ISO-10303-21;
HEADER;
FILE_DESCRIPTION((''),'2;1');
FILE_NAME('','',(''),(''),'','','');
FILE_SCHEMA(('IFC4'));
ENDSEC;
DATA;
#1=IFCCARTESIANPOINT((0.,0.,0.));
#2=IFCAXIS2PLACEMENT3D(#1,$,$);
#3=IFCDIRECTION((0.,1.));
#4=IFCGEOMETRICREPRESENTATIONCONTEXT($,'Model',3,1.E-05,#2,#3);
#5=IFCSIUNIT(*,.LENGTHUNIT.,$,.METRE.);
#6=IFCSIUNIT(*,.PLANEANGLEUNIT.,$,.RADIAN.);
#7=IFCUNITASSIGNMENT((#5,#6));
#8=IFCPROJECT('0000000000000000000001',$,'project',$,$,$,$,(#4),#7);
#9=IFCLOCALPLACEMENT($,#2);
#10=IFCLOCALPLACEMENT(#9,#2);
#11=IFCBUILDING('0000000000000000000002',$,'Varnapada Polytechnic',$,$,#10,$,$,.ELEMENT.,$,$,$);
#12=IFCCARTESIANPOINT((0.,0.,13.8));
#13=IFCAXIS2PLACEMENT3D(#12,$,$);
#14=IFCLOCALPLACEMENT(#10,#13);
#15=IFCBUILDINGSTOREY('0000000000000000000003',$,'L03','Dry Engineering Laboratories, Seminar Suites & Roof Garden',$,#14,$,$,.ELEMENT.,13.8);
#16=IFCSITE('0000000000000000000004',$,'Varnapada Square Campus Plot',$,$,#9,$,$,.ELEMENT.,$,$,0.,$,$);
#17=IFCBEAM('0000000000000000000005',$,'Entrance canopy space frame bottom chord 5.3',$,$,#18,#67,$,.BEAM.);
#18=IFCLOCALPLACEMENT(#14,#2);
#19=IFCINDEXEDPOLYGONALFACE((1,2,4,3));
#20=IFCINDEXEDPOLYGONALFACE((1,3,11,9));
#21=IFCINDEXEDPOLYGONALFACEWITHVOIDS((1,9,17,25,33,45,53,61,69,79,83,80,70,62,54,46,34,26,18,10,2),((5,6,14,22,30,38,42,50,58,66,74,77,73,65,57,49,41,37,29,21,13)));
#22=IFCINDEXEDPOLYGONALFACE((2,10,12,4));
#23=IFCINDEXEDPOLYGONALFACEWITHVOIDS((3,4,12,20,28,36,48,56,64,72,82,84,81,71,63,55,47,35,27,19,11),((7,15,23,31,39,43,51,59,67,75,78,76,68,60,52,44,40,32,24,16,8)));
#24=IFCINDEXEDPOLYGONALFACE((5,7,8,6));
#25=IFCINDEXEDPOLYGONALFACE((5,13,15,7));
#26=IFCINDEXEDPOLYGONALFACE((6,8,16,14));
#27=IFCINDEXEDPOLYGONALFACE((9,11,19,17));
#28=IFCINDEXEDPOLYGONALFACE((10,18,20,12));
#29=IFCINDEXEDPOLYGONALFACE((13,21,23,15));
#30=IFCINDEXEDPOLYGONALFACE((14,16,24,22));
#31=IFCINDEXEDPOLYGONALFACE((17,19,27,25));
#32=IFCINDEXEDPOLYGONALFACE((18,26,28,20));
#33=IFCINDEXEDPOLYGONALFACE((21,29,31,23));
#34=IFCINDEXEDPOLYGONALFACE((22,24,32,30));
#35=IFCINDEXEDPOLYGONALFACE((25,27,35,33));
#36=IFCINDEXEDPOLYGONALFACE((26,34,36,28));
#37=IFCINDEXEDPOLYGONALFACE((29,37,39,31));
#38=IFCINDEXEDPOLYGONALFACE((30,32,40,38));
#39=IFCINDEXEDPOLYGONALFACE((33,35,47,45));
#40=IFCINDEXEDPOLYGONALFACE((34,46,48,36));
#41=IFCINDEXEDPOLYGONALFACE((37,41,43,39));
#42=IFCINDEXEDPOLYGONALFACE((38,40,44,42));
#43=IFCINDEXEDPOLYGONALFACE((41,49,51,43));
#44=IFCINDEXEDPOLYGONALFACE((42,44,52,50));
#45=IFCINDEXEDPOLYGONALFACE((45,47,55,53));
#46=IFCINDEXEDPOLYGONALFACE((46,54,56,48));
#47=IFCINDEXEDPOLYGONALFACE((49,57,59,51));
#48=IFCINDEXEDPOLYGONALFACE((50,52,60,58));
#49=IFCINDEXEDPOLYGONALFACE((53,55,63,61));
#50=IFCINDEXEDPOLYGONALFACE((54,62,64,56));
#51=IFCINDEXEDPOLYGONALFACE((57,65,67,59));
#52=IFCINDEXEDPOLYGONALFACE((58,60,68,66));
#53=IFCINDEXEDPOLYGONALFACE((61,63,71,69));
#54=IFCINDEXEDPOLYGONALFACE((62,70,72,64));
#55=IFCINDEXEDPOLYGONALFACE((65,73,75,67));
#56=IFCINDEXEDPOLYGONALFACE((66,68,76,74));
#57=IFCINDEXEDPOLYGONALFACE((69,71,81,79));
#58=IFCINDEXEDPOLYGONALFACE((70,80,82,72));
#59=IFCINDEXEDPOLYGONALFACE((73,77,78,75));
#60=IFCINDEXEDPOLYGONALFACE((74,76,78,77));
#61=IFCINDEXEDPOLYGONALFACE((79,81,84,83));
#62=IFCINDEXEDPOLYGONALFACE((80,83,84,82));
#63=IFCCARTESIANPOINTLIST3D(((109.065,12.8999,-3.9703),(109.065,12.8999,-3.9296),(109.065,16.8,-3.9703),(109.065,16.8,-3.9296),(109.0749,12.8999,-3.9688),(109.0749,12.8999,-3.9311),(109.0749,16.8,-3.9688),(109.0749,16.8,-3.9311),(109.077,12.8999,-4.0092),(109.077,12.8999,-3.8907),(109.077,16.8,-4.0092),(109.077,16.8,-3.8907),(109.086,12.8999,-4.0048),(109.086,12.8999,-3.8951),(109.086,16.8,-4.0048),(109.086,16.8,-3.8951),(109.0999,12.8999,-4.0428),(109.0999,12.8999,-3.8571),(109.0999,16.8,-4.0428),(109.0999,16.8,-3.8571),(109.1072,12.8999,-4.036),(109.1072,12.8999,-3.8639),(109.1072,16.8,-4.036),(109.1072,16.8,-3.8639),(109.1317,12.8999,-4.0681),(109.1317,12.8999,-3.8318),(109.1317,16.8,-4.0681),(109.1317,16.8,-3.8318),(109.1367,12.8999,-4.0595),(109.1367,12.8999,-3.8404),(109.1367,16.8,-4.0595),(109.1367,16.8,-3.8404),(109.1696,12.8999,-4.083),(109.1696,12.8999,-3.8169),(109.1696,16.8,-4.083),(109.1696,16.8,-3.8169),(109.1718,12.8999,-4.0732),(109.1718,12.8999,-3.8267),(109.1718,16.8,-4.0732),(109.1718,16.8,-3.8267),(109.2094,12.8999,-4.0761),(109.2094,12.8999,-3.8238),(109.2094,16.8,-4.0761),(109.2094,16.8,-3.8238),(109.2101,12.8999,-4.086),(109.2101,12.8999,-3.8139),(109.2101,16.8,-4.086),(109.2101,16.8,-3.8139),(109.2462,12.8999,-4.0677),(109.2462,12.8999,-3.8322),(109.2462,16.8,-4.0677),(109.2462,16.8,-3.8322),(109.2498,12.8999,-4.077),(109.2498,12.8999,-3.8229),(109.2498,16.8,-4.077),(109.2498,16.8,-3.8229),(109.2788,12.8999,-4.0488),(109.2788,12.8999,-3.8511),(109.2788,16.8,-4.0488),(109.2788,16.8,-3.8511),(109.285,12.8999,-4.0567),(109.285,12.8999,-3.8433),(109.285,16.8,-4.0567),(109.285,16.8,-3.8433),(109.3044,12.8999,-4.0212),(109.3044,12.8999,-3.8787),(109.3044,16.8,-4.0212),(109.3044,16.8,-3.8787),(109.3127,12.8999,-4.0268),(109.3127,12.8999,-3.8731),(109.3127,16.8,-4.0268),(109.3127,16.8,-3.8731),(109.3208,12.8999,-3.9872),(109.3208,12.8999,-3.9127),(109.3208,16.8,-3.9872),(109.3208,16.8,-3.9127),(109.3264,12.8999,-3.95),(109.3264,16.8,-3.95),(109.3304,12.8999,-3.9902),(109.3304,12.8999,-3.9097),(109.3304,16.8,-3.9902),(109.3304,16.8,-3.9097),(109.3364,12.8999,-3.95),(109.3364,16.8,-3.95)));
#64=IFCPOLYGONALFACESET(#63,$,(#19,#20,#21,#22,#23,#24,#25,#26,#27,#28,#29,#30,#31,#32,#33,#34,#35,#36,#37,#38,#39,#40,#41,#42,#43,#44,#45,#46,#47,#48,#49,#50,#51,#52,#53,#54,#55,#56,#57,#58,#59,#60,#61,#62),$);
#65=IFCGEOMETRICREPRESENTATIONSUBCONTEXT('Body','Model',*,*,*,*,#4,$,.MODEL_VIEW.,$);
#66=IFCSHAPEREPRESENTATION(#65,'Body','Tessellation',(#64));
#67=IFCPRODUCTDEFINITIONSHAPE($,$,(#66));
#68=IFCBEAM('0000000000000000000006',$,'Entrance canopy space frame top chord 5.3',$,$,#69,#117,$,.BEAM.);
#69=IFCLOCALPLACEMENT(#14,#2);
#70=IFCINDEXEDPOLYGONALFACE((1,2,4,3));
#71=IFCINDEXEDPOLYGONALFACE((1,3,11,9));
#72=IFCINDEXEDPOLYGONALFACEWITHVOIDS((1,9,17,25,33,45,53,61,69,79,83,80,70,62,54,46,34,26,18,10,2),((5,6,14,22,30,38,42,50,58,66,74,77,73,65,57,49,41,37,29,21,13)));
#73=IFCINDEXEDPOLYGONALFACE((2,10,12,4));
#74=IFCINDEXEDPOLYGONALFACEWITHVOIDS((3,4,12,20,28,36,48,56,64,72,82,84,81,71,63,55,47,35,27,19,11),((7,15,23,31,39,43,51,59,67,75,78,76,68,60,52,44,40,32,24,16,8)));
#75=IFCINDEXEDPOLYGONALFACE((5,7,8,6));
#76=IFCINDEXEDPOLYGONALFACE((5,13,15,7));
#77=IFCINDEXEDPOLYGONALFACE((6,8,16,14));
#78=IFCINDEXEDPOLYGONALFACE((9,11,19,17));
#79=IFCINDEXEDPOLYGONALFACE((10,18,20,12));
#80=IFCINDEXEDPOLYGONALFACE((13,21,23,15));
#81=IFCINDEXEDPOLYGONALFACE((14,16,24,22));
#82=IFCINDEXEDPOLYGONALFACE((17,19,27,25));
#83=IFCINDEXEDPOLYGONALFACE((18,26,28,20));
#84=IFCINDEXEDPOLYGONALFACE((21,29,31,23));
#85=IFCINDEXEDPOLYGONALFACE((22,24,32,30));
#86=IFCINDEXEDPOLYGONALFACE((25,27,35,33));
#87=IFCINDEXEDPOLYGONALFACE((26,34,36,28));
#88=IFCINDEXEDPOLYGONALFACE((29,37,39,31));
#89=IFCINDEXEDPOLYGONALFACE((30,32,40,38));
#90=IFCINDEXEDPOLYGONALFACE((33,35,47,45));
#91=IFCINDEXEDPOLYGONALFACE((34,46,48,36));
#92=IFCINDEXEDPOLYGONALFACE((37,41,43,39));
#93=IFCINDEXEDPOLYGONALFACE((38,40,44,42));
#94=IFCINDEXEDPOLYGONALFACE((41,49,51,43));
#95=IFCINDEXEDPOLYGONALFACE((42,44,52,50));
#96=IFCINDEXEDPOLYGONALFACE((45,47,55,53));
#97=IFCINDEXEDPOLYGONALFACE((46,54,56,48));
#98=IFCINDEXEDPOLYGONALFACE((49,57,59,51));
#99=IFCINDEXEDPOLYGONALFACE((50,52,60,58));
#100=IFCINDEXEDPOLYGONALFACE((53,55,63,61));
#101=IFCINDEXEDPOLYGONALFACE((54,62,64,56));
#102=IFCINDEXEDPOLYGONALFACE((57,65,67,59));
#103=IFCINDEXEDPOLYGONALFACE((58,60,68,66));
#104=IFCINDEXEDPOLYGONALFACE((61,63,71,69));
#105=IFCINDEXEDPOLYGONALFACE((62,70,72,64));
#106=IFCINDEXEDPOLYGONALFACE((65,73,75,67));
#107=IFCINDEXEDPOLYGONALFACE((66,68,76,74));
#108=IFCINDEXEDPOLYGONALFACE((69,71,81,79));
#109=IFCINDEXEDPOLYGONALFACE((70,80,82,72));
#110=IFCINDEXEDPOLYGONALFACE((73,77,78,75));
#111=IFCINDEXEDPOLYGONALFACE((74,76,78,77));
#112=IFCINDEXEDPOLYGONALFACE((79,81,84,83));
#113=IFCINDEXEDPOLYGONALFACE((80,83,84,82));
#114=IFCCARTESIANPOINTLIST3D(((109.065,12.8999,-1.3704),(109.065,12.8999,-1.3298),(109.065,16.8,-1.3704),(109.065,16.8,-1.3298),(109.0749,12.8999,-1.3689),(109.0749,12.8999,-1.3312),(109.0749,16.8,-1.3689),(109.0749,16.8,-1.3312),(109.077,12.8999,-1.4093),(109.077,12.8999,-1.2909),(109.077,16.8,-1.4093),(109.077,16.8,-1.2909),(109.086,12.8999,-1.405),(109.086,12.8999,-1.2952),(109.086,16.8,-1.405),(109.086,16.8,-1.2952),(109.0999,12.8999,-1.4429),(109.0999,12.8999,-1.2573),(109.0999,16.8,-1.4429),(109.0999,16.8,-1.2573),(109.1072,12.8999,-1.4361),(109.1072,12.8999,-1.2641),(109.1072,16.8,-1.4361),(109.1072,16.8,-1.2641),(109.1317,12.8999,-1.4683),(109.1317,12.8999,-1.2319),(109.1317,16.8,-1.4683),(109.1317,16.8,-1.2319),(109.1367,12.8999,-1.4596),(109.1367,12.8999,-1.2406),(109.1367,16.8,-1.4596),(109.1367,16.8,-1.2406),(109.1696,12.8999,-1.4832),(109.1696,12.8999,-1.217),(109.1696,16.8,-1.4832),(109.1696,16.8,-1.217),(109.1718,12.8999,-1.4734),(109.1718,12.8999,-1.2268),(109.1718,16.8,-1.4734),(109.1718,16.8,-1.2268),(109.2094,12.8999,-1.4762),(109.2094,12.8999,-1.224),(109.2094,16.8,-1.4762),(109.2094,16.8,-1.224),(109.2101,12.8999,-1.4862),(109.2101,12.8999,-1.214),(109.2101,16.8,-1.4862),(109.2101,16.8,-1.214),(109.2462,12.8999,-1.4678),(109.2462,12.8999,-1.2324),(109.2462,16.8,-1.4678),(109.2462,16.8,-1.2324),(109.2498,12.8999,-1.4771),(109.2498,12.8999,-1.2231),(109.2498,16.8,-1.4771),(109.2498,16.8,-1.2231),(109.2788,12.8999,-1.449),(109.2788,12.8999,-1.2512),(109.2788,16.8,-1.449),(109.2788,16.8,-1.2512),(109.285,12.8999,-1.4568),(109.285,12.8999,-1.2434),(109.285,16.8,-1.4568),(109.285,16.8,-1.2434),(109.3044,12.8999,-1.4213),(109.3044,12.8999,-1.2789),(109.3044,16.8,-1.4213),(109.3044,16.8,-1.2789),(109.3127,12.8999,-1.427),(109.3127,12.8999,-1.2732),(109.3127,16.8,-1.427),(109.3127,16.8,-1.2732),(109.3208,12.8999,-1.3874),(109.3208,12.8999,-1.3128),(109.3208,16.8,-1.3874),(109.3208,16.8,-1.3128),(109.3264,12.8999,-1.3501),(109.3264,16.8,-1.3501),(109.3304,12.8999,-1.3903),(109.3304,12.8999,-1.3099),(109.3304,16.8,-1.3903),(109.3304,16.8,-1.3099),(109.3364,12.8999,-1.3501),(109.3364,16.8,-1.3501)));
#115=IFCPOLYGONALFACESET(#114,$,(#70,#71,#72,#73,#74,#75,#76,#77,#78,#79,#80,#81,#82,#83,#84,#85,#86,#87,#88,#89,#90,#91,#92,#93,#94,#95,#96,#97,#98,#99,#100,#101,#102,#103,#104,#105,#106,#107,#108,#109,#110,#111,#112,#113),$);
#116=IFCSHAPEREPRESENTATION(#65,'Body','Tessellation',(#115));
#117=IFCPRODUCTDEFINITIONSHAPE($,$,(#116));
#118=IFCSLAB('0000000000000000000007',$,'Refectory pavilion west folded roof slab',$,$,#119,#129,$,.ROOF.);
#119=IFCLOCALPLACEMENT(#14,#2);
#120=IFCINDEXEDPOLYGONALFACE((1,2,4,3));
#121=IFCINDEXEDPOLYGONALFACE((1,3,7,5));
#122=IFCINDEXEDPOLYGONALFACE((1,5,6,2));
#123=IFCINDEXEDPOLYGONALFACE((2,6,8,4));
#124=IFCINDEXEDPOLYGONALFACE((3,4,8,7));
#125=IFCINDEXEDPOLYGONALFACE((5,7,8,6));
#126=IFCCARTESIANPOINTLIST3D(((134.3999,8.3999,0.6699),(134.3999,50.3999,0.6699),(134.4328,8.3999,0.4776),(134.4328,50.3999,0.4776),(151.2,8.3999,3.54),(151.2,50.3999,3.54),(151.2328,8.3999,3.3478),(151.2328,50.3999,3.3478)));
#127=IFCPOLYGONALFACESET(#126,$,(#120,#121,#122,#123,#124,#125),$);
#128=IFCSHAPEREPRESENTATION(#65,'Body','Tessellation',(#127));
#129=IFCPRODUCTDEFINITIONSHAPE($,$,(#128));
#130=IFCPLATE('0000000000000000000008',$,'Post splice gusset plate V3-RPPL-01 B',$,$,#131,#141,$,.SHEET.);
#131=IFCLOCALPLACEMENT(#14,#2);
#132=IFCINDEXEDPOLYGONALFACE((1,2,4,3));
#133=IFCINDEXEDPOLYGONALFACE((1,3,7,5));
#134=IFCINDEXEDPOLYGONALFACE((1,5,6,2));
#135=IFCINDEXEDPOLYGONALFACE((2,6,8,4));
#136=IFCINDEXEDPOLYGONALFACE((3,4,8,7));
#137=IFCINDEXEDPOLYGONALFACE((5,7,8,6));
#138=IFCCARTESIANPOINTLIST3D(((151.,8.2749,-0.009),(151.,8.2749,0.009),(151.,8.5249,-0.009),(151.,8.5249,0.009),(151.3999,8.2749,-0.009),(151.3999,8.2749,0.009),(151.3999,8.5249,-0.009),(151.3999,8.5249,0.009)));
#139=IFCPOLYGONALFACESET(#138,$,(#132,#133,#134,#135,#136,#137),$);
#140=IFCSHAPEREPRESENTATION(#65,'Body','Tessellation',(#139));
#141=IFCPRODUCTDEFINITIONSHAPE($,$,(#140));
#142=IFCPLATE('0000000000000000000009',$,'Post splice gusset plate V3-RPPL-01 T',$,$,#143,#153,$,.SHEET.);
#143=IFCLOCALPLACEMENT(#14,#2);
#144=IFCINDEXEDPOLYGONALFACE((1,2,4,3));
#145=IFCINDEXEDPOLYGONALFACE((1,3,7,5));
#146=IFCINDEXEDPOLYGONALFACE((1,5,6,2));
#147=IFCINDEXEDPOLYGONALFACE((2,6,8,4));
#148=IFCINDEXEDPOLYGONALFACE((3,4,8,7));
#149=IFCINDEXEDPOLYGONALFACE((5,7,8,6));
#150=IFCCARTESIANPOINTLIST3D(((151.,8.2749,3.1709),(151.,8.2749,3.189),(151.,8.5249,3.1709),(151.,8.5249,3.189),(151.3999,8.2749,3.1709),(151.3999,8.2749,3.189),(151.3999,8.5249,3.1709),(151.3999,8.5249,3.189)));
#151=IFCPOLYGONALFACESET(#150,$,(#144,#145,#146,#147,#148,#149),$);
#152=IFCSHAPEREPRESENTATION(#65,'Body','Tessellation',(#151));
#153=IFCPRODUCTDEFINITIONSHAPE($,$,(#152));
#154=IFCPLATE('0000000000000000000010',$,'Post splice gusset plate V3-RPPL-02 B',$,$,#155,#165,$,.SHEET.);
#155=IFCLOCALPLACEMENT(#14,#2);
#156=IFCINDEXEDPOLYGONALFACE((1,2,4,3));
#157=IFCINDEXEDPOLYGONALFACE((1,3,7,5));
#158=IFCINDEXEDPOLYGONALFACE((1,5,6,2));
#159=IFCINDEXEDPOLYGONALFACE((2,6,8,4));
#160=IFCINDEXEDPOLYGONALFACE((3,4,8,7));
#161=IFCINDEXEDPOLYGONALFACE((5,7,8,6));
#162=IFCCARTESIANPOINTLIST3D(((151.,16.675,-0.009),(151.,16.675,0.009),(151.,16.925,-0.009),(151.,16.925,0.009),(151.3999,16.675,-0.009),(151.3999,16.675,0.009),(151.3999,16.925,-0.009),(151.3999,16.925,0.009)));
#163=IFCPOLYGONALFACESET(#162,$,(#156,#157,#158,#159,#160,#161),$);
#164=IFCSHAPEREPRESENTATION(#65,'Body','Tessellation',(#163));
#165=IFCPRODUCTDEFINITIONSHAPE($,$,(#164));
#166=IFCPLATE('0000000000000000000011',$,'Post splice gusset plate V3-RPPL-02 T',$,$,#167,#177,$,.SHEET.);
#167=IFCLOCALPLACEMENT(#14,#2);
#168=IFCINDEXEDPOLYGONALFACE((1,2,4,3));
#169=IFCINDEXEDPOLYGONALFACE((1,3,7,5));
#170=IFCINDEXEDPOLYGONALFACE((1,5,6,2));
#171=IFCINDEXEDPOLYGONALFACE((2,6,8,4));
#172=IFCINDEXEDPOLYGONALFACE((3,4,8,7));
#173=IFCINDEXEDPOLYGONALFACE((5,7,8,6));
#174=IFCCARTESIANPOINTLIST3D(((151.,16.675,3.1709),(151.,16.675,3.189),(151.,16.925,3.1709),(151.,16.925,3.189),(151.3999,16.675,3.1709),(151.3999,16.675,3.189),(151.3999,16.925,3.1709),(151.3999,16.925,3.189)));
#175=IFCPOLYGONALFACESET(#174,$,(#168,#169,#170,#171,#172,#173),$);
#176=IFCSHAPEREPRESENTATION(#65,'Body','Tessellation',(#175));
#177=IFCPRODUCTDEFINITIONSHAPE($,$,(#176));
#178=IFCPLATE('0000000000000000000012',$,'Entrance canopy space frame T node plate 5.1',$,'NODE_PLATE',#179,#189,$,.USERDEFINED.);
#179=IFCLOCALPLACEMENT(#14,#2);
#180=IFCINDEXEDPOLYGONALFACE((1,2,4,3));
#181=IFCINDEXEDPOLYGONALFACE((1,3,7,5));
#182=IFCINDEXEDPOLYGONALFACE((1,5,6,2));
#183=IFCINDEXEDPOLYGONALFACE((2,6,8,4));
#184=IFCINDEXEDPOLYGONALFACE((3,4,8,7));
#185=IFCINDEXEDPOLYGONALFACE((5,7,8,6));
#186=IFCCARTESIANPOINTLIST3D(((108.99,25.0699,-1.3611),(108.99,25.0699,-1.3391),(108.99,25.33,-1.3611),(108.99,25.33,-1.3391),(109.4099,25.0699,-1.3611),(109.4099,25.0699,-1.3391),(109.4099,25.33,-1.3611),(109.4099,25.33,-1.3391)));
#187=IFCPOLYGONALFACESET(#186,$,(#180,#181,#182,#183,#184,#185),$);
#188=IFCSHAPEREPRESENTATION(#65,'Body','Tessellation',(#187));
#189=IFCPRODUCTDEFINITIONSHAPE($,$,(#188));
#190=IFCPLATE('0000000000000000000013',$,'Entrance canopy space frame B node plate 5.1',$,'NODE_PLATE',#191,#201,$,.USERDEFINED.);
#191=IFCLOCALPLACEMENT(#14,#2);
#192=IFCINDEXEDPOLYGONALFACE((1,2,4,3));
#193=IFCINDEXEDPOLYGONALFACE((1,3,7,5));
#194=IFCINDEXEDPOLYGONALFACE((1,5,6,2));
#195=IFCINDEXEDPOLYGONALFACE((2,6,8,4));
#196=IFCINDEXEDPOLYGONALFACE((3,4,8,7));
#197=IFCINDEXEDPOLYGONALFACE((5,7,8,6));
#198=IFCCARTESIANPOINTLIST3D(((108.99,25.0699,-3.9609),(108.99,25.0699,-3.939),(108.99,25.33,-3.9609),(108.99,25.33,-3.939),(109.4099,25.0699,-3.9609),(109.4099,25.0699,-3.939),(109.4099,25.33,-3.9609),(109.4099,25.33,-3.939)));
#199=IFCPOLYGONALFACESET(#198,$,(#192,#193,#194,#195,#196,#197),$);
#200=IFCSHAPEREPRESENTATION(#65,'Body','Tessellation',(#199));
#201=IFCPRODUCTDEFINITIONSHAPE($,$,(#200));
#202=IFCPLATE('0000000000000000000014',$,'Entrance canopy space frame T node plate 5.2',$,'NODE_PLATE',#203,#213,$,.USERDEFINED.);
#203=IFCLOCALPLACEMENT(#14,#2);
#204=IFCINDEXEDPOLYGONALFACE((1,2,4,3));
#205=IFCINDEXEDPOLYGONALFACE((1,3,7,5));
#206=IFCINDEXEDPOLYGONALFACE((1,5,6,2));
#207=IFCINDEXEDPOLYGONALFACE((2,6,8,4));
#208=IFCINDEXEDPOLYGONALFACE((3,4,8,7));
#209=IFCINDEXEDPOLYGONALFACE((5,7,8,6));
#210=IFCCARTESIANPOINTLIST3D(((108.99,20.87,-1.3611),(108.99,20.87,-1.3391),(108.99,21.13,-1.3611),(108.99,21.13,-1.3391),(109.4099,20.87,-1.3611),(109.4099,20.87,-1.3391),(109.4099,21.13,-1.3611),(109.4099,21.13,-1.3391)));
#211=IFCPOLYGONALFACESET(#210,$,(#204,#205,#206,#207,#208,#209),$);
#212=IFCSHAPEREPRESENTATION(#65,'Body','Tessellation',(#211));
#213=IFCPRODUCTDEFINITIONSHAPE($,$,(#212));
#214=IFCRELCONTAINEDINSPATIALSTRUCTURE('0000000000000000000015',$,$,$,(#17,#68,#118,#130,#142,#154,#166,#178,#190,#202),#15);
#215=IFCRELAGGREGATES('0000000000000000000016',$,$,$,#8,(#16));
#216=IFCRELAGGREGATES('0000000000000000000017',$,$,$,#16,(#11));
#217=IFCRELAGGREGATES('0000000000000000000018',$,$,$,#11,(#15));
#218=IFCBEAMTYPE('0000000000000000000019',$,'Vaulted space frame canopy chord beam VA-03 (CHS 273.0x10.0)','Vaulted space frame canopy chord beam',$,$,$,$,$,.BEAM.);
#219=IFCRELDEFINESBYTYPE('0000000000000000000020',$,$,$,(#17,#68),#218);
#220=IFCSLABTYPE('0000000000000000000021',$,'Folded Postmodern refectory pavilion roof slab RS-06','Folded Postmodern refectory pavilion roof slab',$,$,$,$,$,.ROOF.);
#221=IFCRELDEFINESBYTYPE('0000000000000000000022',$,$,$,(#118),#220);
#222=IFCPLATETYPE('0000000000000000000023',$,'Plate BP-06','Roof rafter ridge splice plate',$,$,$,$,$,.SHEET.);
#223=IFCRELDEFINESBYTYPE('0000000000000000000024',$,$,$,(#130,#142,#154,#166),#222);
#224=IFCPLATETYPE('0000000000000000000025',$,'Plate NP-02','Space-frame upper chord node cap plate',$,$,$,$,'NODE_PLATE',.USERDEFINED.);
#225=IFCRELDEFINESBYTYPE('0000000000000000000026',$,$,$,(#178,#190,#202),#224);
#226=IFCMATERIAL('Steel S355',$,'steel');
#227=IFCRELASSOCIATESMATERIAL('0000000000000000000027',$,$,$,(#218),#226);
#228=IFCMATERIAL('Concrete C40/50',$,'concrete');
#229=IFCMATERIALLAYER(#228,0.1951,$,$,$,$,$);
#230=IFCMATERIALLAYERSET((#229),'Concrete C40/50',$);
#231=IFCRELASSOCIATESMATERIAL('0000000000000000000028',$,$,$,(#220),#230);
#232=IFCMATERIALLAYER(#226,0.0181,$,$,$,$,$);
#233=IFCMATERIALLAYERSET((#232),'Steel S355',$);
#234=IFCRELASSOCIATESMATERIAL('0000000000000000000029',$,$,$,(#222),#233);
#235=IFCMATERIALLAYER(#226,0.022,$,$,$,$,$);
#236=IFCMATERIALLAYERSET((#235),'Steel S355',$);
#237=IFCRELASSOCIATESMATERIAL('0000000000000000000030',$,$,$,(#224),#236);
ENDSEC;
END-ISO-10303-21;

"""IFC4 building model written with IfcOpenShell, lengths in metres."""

from ifc_helpers import new_model, si_unit, direction, frame, origin, origin_2d, place, context, subcontext, project, spatial, polyline, rectangle, hollow_circle, outline, extrude, material, layer, layer_set, material_profile, profile_set, type_object, element, save


model = new_model("IFC4")

# Units and contexts
model_context = context("Model", 3, precision=1e-05, world=origin(), true_north=direction((0.0, 1.0)))
body_context = subcontext(model_context, "Body", "Model", "MODEL_VIEW")
ifc_project = project(units=[si_unit("LENGTHUNIT", "METRE"), si_unit("PLANEANGLEUNIT", "RADIAN")], contexts=[model_context])

# Site, building, storey
site_placement = place(None, origin())
site = spatial("IfcSite", under=ifc_project, at=site_placement, Name="Varnapada Square Campus Plot", CompositionType="ELEMENT", RefElevation=0.0)
building_placement = place(site_placement, origin())
building = spatial("IfcBuilding", under=site, at=building_placement, Name="Varnapada Polytechnic", CompositionType="ELEMENT")
storey_placement = place(building_placement, frame((0.0, 0.0, 13.8)))
storey = spatial("IfcBuildingStorey", under=building, at=storey_placement, Name="L03", Description="Dry Engineering Laboratories, Seminar Suites & Roof Garden", CompositionType="ELEMENT", Elevation=13.8)

# Shared definitions
ifc_material_1 = material(Name="Steel S355", Category="steel")

# Beams
ifc_material_profile_1 = material_profile(ifc_material_1, hollow_circle(Radius=0.1365, WallThickness=0.01, at=origin_2d()), Name="CHS 273.0x10.0")
ifc_profile_set_1 = profile_set([ifc_material_profile_1], Name="Steel S355")
beam_type_1 = type_object("IfcBeamType", Name="Vaulted space frame canopy chord beam VA-03 (CHS 273.0x10.0)", Description="Vaulted space frame canopy chord beam", PredefinedType="BEAM", material=ifc_profile_set_1)
for number, where, z_axis, x_axis, name in (
    (1, (109.2, 16.8, -3.95), (0.0, -1.0, 0.0), (1.0, 0.0, 0.0), "Entrance canopy space frame bottom chord 5.3"),
    (2, (109.2, 16.8, -1.3501), (0.0, -1.0, 0.0), (1.0, 0.0, 0.0), "Entrance canopy space frame top chord 5.3"),
):
    element("IfcBeam", number, at=place(storey_placement, frame(where, z_axis=z_axis, x_axis=x_axis)), inside=storey, type_object=beam_type_1, Name=name, PredefinedType="BEAM", context=body_context, shape_type="SweptSolid", body=[
        extrude(hollow_circle(Radius=0.1365, WallThickness=0.01, at=origin_2d()), origin(), (0.0, 0.0, 1.0), 3.9001),
    ])

# Slab
ifc_material_2 = material(Name="Concrete C40/50", Category="concrete")
ifc_layer_1 = layer(ifc_material_2, 0.1951)
ifc_layer_set_1 = layer_set([ifc_layer_1], Name="Concrete C40/50")
slab_type = type_object("IfcSlabType", Name="Folded Postmodern refectory pavilion roof slab RS-06", Description="Folded Postmodern refectory pavilion roof slab", PredefinedType="ROOF", material=ifc_layer_set_1)
slab_placement = place(storey_placement, frame((134.3999, 8.3999, 0.6699), z_axis=(-0.1684, 0.0, 0.985719), x_axis=(0.0, 1.0, 0.0)))
element("IfcSlab", 3, at=slab_placement, inside=storey, type_object=slab_type, Name="Refectory pavilion west folded roof slab", PredefinedType="ROOF", context=body_context, shape_type="SweptSolid", body=[
    extrude(outline(polyline([(0.0, 0.0), (42.0, 0.0), (42.0, -17.0435), (0.0, -17.0435), (0.0, 0.0)])), origin(), (0.0, 0.0, -1.0), 0.1951),
])

# Plates
ifc_layer_2 = layer(ifc_material_1, 0.0181)
ifc_layer_set_2 = layer_set([ifc_layer_2], Name="Steel S355")
plate_type_1 = type_object("IfcPlateType", Name="Plate BP-06", Description="Roof rafter ridge splice plate", PredefinedType="SHEET", material=ifc_layer_set_2)
for number, where, z_axis, x_axis, name in (
    (4, (151.2, 8.3999, -0.009), (0.0, 0.0, 1.0), (1.0, 0.0, 0.0), "Post splice gusset plate V3-RPPL-01 B"),
    (5, (151.2, 8.3999, 3.1709), (0.0, 0.0, 1.0), (1.0, 0.0, 0.0), "Post splice gusset plate V3-RPPL-01 T"),
    (6, (151.2, 16.8, -0.009), (0.0, 0.0, 1.0), (1.0, 0.0, 0.0), "Post splice gusset plate V3-RPPL-02 B"),
    (7, (151.2, 16.8, 3.1709), (0.0, 0.0, 1.0), (1.0, 0.0, 0.0), "Post splice gusset plate V3-RPPL-02 T"),
):
    element("IfcPlate", number, at=place(storey_placement, frame(where, z_axis=z_axis, x_axis=x_axis)), inside=storey, type_object=plate_type_1, Name=name, PredefinedType="SHEET", context=body_context, shape_type="SweptSolid", body=[
        extrude(rectangle(XDim=0.3999, YDim=0.25, at=origin_2d()), origin(), (0.0, 0.0, 1.0), 0.0181),
    ])
ifc_layer_3 = layer(ifc_material_1, 0.022)
ifc_layer_set_3 = layer_set([ifc_layer_3], Name="Steel S355")
plate_type_2 = type_object("IfcPlateType", Name="Plate NP-02", Description="Space-frame upper chord node cap plate", ElementType="NODE_PLATE", PredefinedType="USERDEFINED", material=ifc_layer_set_3)
for number, where, z_axis, x_axis, name in (
    (8, (109.2, 25.2, -1.3611), (0.0, 0.0, 1.0), (1.0, 0.0, 0.0), "Entrance canopy space frame T node plate 5.1"),
    (9, (109.2, 25.2, -3.9609), (0.0, 0.0, 1.0), (1.0, 0.0, 0.0), "Entrance canopy space frame B node plate 5.1"),
    (10, (109.2, 21.0, -1.3611), (0.0, 0.0, 1.0), (1.0, 0.0, 0.0), "Entrance canopy space frame T node plate 5.2"),
):
    element("IfcPlate", number, at=place(storey_placement, frame(where, z_axis=z_axis, x_axis=x_axis)), inside=storey, type_object=plate_type_2, Name=name, ObjectType="NODE_PLATE", PredefinedType="USERDEFINED", context=body_context, shape_type="SweptSolid", body=[
        extrude(rectangle(XDim=0.4199, YDim=0.26, at=origin_2d()), origin(), (0.0, 0.0, 1.0), 0.022),
    ])

save(model, "model.ifc")
